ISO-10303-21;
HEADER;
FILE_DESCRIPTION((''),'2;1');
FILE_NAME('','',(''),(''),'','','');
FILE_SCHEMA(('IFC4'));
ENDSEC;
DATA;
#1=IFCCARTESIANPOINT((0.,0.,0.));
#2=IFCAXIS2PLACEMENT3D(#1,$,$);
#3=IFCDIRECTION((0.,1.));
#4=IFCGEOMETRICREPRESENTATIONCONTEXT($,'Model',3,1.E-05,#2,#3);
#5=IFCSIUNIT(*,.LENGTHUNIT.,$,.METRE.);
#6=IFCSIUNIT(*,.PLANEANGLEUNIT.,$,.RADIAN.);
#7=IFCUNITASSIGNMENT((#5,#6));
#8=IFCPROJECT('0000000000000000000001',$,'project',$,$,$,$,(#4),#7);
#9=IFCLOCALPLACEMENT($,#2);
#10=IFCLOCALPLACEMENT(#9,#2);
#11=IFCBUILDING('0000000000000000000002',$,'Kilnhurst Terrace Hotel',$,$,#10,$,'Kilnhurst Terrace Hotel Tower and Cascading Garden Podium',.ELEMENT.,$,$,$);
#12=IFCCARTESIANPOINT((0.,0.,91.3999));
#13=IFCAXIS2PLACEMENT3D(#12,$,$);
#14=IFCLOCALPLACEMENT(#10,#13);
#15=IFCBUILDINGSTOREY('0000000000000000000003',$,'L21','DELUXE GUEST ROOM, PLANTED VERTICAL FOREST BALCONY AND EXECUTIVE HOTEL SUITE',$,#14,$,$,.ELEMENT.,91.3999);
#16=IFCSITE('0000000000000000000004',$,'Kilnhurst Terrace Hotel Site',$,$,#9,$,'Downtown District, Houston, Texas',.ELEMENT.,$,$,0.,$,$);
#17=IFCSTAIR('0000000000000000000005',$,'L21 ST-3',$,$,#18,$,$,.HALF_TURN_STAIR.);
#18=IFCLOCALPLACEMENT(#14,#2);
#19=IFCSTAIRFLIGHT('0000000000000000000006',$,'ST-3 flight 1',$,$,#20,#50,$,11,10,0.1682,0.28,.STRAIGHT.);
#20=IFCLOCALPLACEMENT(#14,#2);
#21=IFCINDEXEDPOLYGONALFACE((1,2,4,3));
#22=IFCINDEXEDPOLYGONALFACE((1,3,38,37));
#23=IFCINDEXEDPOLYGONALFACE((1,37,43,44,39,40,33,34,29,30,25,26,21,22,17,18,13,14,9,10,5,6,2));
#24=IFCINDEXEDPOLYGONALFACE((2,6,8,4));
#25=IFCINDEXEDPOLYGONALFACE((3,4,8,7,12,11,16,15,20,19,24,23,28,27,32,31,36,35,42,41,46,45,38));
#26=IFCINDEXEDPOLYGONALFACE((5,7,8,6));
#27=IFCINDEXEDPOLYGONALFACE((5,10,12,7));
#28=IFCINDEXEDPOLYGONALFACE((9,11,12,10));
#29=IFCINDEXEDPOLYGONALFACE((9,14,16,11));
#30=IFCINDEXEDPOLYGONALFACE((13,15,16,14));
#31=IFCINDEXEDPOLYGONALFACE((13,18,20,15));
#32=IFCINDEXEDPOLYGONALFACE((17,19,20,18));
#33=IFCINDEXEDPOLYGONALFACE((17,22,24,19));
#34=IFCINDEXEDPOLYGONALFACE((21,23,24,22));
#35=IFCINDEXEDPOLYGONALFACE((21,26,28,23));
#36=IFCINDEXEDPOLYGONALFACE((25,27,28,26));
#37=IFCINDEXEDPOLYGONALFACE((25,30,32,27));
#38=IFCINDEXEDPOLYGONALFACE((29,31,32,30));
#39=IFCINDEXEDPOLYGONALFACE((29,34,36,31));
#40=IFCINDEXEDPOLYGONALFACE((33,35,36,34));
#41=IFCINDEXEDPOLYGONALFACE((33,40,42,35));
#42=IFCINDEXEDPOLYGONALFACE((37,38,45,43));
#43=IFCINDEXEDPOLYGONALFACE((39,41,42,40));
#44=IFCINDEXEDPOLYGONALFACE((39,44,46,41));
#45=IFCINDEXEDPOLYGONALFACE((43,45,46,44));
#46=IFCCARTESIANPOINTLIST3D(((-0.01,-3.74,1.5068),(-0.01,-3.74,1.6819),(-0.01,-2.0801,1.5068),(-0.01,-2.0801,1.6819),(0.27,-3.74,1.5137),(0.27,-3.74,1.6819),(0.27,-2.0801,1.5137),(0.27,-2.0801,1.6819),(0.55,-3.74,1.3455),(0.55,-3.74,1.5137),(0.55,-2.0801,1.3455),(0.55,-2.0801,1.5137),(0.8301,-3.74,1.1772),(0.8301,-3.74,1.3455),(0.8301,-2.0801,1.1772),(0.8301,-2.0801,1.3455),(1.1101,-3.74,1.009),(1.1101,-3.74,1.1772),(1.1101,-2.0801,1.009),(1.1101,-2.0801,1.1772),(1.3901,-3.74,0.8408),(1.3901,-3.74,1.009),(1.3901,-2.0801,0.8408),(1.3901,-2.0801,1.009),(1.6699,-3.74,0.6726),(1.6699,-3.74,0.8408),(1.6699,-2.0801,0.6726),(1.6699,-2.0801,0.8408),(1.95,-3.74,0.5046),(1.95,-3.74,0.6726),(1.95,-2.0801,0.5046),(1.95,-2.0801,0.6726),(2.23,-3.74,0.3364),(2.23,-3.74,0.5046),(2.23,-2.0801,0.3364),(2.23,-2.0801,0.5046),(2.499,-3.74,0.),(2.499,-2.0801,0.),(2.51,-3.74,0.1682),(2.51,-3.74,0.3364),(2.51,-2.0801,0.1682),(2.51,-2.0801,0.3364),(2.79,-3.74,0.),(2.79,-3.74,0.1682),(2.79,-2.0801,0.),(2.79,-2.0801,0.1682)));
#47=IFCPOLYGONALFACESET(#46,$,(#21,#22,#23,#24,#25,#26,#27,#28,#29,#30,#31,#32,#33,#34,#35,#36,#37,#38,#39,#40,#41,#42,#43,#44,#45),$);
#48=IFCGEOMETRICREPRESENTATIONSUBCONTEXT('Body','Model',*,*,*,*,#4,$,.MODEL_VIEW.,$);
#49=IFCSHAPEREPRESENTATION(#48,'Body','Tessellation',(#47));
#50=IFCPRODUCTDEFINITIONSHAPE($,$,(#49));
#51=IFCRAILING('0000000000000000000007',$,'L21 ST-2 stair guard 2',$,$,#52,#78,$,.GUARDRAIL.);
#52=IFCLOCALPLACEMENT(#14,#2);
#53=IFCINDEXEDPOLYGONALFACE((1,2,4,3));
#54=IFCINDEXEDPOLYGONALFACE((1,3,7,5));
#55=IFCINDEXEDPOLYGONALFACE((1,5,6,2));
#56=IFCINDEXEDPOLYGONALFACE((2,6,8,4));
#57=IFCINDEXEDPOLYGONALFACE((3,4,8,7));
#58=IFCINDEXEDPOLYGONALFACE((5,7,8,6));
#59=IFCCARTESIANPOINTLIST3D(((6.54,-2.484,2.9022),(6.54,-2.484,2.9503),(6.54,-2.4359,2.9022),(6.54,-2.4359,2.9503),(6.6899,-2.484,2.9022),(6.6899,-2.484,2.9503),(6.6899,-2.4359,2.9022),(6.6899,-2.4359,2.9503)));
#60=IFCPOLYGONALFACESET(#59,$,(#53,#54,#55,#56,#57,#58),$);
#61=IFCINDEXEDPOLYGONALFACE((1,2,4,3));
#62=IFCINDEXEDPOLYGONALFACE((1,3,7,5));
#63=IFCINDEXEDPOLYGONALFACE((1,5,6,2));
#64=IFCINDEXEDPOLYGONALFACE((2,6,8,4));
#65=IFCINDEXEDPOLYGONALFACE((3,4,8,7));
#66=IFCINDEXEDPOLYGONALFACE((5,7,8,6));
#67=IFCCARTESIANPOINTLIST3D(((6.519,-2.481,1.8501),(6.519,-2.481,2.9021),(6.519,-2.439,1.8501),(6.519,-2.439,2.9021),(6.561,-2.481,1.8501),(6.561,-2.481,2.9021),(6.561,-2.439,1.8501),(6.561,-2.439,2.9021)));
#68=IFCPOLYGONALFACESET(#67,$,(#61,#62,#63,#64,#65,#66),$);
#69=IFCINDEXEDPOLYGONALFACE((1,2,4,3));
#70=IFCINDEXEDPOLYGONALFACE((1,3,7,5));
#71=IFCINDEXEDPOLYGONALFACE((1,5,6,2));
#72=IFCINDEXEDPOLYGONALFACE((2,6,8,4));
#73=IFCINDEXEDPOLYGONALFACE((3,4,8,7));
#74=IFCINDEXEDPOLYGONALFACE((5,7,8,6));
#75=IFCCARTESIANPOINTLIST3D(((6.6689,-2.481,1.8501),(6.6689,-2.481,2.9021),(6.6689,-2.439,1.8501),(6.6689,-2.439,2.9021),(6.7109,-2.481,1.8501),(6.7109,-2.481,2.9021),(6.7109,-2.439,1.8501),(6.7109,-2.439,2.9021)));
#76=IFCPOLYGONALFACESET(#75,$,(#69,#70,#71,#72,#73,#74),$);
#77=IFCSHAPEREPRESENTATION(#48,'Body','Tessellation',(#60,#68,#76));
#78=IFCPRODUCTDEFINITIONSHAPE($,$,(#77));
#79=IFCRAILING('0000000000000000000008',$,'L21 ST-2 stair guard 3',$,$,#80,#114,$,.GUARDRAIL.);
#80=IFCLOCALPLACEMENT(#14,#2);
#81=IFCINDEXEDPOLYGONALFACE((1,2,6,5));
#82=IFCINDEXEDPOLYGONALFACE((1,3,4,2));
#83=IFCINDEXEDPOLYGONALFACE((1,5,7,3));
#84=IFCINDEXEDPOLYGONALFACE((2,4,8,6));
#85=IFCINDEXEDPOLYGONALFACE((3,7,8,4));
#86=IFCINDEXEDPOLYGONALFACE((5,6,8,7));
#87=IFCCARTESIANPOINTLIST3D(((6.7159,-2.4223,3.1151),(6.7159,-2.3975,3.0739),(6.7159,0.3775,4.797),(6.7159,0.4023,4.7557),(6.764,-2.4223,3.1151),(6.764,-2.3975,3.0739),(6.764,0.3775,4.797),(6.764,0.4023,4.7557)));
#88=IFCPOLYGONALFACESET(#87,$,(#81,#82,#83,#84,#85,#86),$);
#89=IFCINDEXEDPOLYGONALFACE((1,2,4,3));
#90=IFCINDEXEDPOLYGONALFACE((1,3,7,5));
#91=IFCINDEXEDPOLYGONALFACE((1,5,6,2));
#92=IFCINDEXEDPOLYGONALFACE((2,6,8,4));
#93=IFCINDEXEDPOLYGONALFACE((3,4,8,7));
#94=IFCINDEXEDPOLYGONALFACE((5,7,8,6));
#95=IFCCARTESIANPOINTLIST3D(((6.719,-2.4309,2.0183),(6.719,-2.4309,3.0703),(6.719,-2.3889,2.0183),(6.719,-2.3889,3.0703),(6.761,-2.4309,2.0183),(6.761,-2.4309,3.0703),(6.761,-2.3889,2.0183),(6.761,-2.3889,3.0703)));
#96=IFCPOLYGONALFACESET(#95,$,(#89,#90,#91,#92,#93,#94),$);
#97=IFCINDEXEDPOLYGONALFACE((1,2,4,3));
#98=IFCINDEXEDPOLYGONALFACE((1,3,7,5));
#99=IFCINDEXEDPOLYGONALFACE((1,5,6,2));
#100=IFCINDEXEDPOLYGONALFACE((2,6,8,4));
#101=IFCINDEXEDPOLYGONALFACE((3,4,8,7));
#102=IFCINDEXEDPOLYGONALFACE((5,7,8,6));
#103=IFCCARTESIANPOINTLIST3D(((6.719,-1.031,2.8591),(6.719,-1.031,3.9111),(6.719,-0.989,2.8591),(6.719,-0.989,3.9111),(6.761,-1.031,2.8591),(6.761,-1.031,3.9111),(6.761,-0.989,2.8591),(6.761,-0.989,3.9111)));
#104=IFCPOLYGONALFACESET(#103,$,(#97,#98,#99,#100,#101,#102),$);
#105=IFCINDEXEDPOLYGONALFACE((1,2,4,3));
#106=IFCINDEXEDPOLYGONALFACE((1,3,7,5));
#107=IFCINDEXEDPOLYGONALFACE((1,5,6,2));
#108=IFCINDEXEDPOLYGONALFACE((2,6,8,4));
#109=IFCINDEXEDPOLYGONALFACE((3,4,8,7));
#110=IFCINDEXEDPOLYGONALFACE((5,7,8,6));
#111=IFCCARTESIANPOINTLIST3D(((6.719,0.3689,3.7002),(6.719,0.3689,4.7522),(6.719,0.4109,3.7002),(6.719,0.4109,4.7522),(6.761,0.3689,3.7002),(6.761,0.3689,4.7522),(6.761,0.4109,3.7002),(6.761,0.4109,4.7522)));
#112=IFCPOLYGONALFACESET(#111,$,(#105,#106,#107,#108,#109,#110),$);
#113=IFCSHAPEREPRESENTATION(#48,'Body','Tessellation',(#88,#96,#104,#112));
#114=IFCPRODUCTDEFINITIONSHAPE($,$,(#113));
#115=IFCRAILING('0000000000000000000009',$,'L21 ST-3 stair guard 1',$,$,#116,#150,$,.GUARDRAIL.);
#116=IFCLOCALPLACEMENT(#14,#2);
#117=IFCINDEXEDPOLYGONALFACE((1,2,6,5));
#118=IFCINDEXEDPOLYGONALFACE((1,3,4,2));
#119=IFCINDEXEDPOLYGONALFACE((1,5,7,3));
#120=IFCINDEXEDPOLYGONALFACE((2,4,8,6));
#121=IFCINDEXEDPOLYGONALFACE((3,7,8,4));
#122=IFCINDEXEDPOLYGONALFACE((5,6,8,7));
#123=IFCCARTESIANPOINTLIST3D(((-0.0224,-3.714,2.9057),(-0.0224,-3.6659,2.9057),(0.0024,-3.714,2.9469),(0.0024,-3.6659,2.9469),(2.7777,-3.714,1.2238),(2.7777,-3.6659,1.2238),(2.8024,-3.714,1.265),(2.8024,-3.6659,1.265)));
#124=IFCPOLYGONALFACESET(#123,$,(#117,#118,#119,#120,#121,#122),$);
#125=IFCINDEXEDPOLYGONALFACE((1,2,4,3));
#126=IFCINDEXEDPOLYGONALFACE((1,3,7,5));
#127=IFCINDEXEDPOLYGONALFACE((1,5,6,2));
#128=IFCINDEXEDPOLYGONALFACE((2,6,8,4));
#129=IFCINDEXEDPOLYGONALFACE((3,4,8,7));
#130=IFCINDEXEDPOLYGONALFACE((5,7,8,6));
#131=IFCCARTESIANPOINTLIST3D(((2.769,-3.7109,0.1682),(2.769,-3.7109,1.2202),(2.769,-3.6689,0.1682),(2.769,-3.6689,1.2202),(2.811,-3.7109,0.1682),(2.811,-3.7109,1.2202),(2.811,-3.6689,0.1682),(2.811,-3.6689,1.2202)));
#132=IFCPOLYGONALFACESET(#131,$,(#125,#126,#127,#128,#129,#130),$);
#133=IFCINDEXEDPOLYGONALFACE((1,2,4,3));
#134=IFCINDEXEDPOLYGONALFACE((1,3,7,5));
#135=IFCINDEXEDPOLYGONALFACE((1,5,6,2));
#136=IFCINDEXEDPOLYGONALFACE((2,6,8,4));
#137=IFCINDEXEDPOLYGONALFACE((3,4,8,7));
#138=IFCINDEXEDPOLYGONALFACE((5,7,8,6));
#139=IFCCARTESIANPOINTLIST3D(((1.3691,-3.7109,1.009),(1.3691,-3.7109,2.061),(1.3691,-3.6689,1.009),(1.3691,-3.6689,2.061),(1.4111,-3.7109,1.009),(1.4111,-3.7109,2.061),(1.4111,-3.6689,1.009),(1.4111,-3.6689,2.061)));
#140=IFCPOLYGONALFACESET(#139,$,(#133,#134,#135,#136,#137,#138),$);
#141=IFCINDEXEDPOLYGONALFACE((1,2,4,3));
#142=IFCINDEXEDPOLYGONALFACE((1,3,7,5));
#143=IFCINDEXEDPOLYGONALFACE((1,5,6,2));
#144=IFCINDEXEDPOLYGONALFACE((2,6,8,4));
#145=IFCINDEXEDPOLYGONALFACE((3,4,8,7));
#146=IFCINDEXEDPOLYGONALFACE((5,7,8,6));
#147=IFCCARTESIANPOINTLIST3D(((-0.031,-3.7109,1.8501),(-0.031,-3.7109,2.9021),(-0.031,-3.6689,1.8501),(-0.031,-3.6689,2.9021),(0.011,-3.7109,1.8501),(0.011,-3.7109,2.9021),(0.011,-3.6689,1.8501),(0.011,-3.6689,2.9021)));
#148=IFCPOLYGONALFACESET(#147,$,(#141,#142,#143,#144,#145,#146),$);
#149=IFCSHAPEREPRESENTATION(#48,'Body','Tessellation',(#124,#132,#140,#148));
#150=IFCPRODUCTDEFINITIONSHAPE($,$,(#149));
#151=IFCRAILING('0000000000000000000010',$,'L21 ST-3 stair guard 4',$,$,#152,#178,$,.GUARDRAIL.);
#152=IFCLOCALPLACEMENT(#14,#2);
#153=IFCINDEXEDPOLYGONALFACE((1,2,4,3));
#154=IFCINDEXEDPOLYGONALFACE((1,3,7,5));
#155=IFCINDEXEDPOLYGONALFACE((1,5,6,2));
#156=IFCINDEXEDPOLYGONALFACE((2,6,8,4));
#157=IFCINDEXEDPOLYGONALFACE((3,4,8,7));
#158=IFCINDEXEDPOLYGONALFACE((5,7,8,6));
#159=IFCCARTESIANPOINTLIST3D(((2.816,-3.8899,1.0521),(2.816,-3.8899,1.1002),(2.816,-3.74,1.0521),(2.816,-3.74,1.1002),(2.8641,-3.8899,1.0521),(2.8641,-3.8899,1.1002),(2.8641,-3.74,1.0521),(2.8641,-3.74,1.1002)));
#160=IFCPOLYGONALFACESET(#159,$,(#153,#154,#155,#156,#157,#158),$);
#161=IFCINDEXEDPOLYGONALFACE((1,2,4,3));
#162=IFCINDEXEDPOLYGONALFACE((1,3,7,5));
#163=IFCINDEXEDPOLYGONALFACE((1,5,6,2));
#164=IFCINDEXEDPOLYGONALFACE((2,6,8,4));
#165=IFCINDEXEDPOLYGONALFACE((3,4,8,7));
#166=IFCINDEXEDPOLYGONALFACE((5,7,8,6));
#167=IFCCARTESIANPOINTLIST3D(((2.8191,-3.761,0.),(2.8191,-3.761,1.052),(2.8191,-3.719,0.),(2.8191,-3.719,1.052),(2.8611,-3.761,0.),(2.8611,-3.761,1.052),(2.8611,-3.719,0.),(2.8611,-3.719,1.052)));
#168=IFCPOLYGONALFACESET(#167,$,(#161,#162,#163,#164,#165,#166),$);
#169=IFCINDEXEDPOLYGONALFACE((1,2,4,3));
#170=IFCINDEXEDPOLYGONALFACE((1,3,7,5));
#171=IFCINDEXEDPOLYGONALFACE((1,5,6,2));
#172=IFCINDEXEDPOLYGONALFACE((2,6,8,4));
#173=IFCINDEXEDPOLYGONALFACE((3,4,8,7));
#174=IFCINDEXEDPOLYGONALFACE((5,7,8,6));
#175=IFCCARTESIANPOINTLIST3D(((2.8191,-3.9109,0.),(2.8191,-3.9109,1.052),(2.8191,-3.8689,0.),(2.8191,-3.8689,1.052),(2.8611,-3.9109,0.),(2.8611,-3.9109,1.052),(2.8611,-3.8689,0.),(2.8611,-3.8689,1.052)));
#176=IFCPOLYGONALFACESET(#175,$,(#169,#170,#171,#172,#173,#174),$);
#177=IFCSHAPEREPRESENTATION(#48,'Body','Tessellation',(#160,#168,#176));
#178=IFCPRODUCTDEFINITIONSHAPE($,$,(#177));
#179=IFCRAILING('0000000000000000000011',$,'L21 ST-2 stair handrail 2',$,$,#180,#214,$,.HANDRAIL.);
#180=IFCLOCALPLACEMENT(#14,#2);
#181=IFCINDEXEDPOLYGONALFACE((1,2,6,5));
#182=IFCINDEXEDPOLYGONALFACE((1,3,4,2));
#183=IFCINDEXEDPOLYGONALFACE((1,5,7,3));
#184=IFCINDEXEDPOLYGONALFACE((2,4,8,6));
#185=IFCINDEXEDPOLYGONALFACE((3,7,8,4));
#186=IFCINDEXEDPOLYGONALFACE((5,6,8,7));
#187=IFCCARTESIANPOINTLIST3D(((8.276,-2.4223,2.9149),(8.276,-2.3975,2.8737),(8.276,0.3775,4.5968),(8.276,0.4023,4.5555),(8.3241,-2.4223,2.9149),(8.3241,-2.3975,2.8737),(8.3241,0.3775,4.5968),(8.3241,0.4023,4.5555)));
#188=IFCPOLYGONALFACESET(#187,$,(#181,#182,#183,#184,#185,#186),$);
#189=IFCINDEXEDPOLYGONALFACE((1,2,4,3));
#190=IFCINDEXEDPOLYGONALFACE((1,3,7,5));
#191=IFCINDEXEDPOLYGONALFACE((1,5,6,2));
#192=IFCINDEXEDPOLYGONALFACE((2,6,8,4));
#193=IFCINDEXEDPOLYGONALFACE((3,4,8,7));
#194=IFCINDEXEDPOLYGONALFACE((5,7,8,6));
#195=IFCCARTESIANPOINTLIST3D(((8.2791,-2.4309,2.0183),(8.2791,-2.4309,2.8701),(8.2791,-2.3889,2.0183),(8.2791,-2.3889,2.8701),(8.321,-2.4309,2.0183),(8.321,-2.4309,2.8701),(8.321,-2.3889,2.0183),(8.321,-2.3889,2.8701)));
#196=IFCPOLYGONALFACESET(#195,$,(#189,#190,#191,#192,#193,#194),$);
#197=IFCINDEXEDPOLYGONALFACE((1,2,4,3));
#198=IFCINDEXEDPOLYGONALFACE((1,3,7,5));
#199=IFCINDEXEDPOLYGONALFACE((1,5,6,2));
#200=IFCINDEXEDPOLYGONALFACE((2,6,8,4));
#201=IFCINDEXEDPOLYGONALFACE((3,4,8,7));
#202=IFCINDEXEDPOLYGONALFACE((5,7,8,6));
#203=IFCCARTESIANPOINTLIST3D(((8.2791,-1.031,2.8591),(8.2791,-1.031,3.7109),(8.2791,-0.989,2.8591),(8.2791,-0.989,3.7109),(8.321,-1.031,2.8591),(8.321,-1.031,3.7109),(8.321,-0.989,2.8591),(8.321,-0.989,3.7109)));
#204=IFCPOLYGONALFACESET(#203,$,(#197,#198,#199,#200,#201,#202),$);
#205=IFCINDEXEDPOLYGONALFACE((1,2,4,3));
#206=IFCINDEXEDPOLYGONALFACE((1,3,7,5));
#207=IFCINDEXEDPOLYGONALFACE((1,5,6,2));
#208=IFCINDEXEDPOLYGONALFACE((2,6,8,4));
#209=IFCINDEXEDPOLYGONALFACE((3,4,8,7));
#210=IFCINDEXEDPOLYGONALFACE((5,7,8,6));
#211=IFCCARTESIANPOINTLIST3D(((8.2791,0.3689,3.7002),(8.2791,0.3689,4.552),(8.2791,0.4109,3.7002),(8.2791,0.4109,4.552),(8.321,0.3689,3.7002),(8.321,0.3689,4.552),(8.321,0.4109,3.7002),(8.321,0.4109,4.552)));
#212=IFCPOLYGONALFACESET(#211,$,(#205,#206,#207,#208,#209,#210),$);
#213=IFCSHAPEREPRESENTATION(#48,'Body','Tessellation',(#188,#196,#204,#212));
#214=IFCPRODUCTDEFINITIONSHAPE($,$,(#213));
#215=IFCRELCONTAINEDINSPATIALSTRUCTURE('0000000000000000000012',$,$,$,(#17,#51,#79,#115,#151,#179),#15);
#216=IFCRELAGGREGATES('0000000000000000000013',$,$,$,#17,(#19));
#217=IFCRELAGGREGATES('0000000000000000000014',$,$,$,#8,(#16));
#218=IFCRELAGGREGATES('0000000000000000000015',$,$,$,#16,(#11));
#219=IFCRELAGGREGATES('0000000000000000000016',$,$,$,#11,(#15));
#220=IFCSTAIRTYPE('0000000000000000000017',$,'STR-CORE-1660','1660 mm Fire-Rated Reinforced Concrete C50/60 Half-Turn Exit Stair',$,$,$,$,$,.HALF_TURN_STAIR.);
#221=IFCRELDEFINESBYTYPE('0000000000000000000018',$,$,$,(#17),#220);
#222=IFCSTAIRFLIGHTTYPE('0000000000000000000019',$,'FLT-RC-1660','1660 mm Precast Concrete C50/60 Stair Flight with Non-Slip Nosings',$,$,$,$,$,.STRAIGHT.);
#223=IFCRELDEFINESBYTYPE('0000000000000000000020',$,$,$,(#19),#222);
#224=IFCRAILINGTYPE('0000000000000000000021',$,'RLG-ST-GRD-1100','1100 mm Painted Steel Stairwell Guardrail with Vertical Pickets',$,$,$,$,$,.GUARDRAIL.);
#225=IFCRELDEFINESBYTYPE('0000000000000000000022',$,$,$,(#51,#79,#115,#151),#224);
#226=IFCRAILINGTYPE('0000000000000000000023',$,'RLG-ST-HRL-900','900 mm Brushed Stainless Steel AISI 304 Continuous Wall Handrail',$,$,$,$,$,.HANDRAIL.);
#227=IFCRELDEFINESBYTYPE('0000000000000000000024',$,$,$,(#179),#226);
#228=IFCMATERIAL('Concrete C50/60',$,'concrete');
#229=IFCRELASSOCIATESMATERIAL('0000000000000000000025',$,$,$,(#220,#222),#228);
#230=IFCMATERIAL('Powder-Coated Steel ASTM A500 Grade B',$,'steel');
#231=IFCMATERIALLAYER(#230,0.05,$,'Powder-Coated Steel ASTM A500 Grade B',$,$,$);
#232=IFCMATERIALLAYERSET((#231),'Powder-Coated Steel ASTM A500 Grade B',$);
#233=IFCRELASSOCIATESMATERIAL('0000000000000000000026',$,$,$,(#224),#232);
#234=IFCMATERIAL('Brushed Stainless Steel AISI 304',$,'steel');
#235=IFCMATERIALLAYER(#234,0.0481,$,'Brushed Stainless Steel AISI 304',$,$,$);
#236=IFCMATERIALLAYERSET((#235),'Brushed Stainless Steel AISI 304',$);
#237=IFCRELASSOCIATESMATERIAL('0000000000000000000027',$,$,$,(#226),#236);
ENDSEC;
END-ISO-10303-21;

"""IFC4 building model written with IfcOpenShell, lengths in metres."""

from ifc_helpers import new_model, si_unit, direction, frame, origin, origin_2d, place, context, subcontext, project, spatial, polyline, rectangle, outline, extrude, material, layer, layer_set, type_object, element, aggregate, save


model = new_model("IFC4")

# Units and contexts
model_context = context("Model", 3, precision=1e-05, world=origin(), true_north=direction((0.0, 1.0)))
body_context = subcontext(model_context, "Body", "Model", "MODEL_VIEW")
ifc_project = project(units=[si_unit("LENGTHUNIT", "METRE"), si_unit("PLANEANGLEUNIT", "RADIAN")], contexts=[model_context])

# Site, building, storey
site_placement = place(None, origin())
site = spatial("IfcSite", under=ifc_project, at=site_placement, Name="Kilnhurst Terrace Hotel Site", LongName="Downtown District, Houston, Texas", CompositionType="ELEMENT", RefElevation=0.0)
building_placement = place(site_placement, origin())
building = spatial("IfcBuilding", under=site, at=building_placement, Name="Kilnhurst Terrace Hotel", LongName="Kilnhurst Terrace Hotel Tower and Cascading Garden Podium", CompositionType="ELEMENT")
storey_placement = place(building_placement, frame((0.0, 0.0, 91.3999)))
storey = spatial("IfcBuildingStorey", under=building, at=storey_placement, Name="L21", Description="DELUXE GUEST ROOM, PLANTED VERTICAL FOREST BALCONY AND EXECUTIVE HOTEL SUITE", CompositionType="ELEMENT", Elevation=91.3999)

# Shared definitions
ifc_material_1 = material(Name="Concrete C50/60", Category="concrete")

# Stair, stair flight
stair_type = type_object("IfcStairType", Name="STR-CORE-1660", Description="1660 mm Fire-Rated Reinforced Concrete C50/60 Half-Turn Exit Stair", PredefinedType="HALF_TURN_STAIR", material=ifc_material_1)
stair_flight_type = type_object("IfcStairFlightType", Name="FLT-RC-1660", Description="1660 mm Precast Concrete C50/60 Stair Flight with Non-Slip Nosings", PredefinedType="STRAIGHT", material=ifc_material_1)
stair_1_placement = place(storey_placement, origin())
stair_1 = element("IfcStair", 1, at=stair_1_placement, inside=storey, type_object=stair_type, Name="L21 ST-3", PredefinedType="HALF_TURN_STAIR")
stair_flight_1_placement = place(storey_placement, frame((2.79, -2.9099, 0.0), z_axis=(0.0, 0.0, 1.0), x_axis=(-1.0, 0.0, 0.0)))
stair_flight_1 = element("IfcStairFlight", 2, at=stair_flight_1_placement, type_object=stair_flight_type, Name="ST-3 flight 1", NumberOfRisers=11, NumberOfTreads=10, PredefinedType="STRAIGHT", RiserHeight=0.1682, TreadLength=0.28, context=body_context, shape_type="SweptSolid", body=[
    extrude(outline(polyline([(0.0, 0.0), (0.0, 0.1682), (0.28, 0.1682), (0.28, 0.3364), (0.5601, 0.3364), (0.5601, 0.5046), (0.8401, 0.5046), (0.8401, 0.6726), (1.1201, 0.6726), (1.1201, 0.8408), (1.3999, 0.8408), (1.3999, 1.009), (1.6799, 1.009), (1.6799, 1.1772), (1.96, 1.1772), (1.96, 1.3455), (2.24, 1.3455), (2.24, 1.5137), (2.52, 1.5137), (2.52, 1.6819), (2.8, 1.6819), (2.8, 1.8501), (2.8, 1.5068), (0.291, 0.0), (0.0, 0.0)])), frame((0.0, 0.8301, 0.0), z_axis=(0.0, -1.0, 0.0), x_axis=(1.0, 0.0, 0.0)), (0.0, 0.0, 1.0), 1.6599),
])
aggregate(stair_1, [stair_flight_1])

# Railings
ifc_material_2 = material(Name="Powder-Coated Steel ASTM A500 Grade B", Category="steel")
ifc_layer_1 = layer(ifc_material_2, 0.05, Name="Powder-Coated Steel ASTM A500 Grade B")
ifc_layer_set_1 = layer_set([ifc_layer_1], Name="Powder-Coated Steel ASTM A500 Grade B")
railing_type_1 = type_object("IfcRailingType", Name="RLG-ST-GRD-1100", Description="1100 mm Painted Steel Stairwell Guardrail with Vertical Pickets", PredefinedType="GUARDRAIL", material=ifc_layer_set_1)
railing_1_placement = place(storey_placement, frame((6.54, -2.46, 1.8501)))
element("IfcRailing", 3, at=railing_1_placement, inside=storey, type_object=railing_type_1, Name="L21 ST-2 stair guard 2", PredefinedType="GUARDRAIL", context=body_context, shape_type="SweptSolid", body=[
    extrude(rectangle(XDim=0.0481, YDim=0.0481, at=origin_2d()), frame((0.0, 0.0, 1.0762), z_axis=(1.0, 0.0, 0.0), x_axis=(0.0, 1.0, 0.0)), (0.0, 0.0, 1.0), 0.1499),
    extrude(rectangle(XDim=0.042, YDim=0.042, at=origin_2d()), origin(), (0.0, 0.0, 1.0), 1.052),
    extrude(rectangle(XDim=0.042, YDim=0.042, at=origin_2d()), frame((0.1499, 0.0, 0.0)), (0.0, 0.0, 1.0), 1.052),
])
railing_2_placement = place(storey_placement, frame((6.74, -2.4099, 2.0183)))
element("IfcRailing", 4, at=railing_2_placement, inside=storey, type_object=railing_type_1, Name="L21 ST-2 stair guard 3", PredefinedType="GUARDRAIL", context=body_context, shape_type="SweptSolid", body=[
    extrude(rectangle(XDim=0.0481, YDim=0.0481, at=origin_2d()), frame((0.0, 0.0, 1.0762), z_axis=(0.0, 0.857222, 0.514946), x_axis=(-1.0, 0.0, 0.0)), (0.0, 0.0, 1.0), 3.2661),
    extrude(rectangle(XDim=0.042, YDim=0.042, at=origin_2d()), origin(), (0.0, 0.0, 1.0), 1.052),
    extrude(rectangle(XDim=0.042, YDim=0.042, at=origin_2d()), frame((0.0, 1.3999, 0.8408)), (0.0, 0.0, 1.0), 1.052),
    extrude(rectangle(XDim=0.042, YDim=0.042, at=origin_2d()), frame((0.0, 2.7998, 1.6819)), (0.0, 0.0, 1.0), 1.052),
])
railing_3_placement = place(storey_placement, frame((2.79, -3.6899, 0.1682)))
element("IfcRailing", 5, at=railing_3_placement, inside=storey, type_object=railing_type_1, Name="L21 ST-3 stair guard 1", PredefinedType="GUARDRAIL", context=body_context, shape_type="SweptSolid", body=[
    extrude(rectangle(XDim=0.0481, YDim=0.0481, at=origin_2d()), frame((0.0, 0.0, 1.0762), z_axis=(-0.857242, 0.0, 0.514913), x_axis=(0.0, -1.0, 0.0)), (0.0, 0.0, 1.0), 3.2664),
    extrude(rectangle(XDim=0.042, YDim=0.042, at=origin_2d()), origin(), (0.0, 0.0, 1.0), 1.052),
    extrude(rectangle(XDim=0.042, YDim=0.042, at=origin_2d()), frame((-1.3999, 0.0, 0.8408)), (0.0, 0.0, 1.0), 1.052),
    extrude(rectangle(XDim=0.042, YDim=0.042, at=origin_2d()), frame((-2.8, 0.0, 1.6819)), (0.0, 0.0, 1.0), 1.052),
])
railing_4_placement = place(storey_placement, frame((2.8401, -3.74, 0.0)))
element("IfcRailing", 6, at=railing_4_placement, inside=storey, type_object=railing_type_1, Name="L21 ST-3 stair guard 4", PredefinedType="GUARDRAIL", context=body_context, shape_type="SweptSolid", body=[
    extrude(rectangle(XDim=0.0481, YDim=0.0481, at=origin_2d()), frame((0.0, 0.0, 1.0762), z_axis=(0.0, -1.0, 0.0), x_axis=(1.0, 0.0, 0.0)), (0.0, 0.0, 1.0), 0.1499),
    extrude(rectangle(XDim=0.042, YDim=0.042, at=origin_2d()), origin(), (0.0, 0.0, 1.0), 1.052),
    extrude(rectangle(XDim=0.042, YDim=0.042, at=origin_2d()), frame((0.0, -0.1499, 0.0)), (0.0, 0.0, 1.0), 1.052),
])
ifc_material_3 = material(Name="Brushed Stainless Steel AISI 304", Category="steel")
ifc_layer_2 = layer(ifc_material_3, 0.0481, Name="Brushed Stainless Steel AISI 304")
ifc_layer_set_2 = layer_set([ifc_layer_2], Name="Brushed Stainless Steel AISI 304")
railing_type_2 = type_object("IfcRailingType", Name="RLG-ST-HRL-900", Description="900 mm Brushed Stainless Steel AISI 304 Continuous Wall Handrail", PredefinedType="HANDRAIL", material=ifc_layer_set_2)
railing_5_placement = place(storey_placement, frame((8.3, -2.4099, 2.0183)))
element("IfcRailing", 7, at=railing_5_placement, inside=storey, type_object=railing_type_2, Name="L21 ST-2 stair handrail 2", PredefinedType="HANDRAIL", context=body_context, shape_type="SweptSolid", body=[
    extrude(rectangle(XDim=0.0481, YDim=0.0481, at=origin_2d()), frame((0.0, 0.0, 0.876), z_axis=(0.0, 0.857222, 0.514946), x_axis=(-1.0, 0.0, 0.0)), (0.0, 0.0, 1.0), 3.2661),
    extrude(rectangle(XDim=0.042, YDim=0.042, at=origin_2d()), origin(), (0.0, 0.0, 1.0), 0.8518),
    extrude(rectangle(XDim=0.042, YDim=0.042, at=origin_2d()), frame((0.0, 1.3999, 0.8408)), (0.0, 0.0, 1.0), 0.8518),
    extrude(rectangle(XDim=0.042, YDim=0.042, at=origin_2d()), frame((0.0, 2.7998, 1.6819)), (0.0, 0.0, 1.0), 0.8518),
])

save(model, "model.ifc")
